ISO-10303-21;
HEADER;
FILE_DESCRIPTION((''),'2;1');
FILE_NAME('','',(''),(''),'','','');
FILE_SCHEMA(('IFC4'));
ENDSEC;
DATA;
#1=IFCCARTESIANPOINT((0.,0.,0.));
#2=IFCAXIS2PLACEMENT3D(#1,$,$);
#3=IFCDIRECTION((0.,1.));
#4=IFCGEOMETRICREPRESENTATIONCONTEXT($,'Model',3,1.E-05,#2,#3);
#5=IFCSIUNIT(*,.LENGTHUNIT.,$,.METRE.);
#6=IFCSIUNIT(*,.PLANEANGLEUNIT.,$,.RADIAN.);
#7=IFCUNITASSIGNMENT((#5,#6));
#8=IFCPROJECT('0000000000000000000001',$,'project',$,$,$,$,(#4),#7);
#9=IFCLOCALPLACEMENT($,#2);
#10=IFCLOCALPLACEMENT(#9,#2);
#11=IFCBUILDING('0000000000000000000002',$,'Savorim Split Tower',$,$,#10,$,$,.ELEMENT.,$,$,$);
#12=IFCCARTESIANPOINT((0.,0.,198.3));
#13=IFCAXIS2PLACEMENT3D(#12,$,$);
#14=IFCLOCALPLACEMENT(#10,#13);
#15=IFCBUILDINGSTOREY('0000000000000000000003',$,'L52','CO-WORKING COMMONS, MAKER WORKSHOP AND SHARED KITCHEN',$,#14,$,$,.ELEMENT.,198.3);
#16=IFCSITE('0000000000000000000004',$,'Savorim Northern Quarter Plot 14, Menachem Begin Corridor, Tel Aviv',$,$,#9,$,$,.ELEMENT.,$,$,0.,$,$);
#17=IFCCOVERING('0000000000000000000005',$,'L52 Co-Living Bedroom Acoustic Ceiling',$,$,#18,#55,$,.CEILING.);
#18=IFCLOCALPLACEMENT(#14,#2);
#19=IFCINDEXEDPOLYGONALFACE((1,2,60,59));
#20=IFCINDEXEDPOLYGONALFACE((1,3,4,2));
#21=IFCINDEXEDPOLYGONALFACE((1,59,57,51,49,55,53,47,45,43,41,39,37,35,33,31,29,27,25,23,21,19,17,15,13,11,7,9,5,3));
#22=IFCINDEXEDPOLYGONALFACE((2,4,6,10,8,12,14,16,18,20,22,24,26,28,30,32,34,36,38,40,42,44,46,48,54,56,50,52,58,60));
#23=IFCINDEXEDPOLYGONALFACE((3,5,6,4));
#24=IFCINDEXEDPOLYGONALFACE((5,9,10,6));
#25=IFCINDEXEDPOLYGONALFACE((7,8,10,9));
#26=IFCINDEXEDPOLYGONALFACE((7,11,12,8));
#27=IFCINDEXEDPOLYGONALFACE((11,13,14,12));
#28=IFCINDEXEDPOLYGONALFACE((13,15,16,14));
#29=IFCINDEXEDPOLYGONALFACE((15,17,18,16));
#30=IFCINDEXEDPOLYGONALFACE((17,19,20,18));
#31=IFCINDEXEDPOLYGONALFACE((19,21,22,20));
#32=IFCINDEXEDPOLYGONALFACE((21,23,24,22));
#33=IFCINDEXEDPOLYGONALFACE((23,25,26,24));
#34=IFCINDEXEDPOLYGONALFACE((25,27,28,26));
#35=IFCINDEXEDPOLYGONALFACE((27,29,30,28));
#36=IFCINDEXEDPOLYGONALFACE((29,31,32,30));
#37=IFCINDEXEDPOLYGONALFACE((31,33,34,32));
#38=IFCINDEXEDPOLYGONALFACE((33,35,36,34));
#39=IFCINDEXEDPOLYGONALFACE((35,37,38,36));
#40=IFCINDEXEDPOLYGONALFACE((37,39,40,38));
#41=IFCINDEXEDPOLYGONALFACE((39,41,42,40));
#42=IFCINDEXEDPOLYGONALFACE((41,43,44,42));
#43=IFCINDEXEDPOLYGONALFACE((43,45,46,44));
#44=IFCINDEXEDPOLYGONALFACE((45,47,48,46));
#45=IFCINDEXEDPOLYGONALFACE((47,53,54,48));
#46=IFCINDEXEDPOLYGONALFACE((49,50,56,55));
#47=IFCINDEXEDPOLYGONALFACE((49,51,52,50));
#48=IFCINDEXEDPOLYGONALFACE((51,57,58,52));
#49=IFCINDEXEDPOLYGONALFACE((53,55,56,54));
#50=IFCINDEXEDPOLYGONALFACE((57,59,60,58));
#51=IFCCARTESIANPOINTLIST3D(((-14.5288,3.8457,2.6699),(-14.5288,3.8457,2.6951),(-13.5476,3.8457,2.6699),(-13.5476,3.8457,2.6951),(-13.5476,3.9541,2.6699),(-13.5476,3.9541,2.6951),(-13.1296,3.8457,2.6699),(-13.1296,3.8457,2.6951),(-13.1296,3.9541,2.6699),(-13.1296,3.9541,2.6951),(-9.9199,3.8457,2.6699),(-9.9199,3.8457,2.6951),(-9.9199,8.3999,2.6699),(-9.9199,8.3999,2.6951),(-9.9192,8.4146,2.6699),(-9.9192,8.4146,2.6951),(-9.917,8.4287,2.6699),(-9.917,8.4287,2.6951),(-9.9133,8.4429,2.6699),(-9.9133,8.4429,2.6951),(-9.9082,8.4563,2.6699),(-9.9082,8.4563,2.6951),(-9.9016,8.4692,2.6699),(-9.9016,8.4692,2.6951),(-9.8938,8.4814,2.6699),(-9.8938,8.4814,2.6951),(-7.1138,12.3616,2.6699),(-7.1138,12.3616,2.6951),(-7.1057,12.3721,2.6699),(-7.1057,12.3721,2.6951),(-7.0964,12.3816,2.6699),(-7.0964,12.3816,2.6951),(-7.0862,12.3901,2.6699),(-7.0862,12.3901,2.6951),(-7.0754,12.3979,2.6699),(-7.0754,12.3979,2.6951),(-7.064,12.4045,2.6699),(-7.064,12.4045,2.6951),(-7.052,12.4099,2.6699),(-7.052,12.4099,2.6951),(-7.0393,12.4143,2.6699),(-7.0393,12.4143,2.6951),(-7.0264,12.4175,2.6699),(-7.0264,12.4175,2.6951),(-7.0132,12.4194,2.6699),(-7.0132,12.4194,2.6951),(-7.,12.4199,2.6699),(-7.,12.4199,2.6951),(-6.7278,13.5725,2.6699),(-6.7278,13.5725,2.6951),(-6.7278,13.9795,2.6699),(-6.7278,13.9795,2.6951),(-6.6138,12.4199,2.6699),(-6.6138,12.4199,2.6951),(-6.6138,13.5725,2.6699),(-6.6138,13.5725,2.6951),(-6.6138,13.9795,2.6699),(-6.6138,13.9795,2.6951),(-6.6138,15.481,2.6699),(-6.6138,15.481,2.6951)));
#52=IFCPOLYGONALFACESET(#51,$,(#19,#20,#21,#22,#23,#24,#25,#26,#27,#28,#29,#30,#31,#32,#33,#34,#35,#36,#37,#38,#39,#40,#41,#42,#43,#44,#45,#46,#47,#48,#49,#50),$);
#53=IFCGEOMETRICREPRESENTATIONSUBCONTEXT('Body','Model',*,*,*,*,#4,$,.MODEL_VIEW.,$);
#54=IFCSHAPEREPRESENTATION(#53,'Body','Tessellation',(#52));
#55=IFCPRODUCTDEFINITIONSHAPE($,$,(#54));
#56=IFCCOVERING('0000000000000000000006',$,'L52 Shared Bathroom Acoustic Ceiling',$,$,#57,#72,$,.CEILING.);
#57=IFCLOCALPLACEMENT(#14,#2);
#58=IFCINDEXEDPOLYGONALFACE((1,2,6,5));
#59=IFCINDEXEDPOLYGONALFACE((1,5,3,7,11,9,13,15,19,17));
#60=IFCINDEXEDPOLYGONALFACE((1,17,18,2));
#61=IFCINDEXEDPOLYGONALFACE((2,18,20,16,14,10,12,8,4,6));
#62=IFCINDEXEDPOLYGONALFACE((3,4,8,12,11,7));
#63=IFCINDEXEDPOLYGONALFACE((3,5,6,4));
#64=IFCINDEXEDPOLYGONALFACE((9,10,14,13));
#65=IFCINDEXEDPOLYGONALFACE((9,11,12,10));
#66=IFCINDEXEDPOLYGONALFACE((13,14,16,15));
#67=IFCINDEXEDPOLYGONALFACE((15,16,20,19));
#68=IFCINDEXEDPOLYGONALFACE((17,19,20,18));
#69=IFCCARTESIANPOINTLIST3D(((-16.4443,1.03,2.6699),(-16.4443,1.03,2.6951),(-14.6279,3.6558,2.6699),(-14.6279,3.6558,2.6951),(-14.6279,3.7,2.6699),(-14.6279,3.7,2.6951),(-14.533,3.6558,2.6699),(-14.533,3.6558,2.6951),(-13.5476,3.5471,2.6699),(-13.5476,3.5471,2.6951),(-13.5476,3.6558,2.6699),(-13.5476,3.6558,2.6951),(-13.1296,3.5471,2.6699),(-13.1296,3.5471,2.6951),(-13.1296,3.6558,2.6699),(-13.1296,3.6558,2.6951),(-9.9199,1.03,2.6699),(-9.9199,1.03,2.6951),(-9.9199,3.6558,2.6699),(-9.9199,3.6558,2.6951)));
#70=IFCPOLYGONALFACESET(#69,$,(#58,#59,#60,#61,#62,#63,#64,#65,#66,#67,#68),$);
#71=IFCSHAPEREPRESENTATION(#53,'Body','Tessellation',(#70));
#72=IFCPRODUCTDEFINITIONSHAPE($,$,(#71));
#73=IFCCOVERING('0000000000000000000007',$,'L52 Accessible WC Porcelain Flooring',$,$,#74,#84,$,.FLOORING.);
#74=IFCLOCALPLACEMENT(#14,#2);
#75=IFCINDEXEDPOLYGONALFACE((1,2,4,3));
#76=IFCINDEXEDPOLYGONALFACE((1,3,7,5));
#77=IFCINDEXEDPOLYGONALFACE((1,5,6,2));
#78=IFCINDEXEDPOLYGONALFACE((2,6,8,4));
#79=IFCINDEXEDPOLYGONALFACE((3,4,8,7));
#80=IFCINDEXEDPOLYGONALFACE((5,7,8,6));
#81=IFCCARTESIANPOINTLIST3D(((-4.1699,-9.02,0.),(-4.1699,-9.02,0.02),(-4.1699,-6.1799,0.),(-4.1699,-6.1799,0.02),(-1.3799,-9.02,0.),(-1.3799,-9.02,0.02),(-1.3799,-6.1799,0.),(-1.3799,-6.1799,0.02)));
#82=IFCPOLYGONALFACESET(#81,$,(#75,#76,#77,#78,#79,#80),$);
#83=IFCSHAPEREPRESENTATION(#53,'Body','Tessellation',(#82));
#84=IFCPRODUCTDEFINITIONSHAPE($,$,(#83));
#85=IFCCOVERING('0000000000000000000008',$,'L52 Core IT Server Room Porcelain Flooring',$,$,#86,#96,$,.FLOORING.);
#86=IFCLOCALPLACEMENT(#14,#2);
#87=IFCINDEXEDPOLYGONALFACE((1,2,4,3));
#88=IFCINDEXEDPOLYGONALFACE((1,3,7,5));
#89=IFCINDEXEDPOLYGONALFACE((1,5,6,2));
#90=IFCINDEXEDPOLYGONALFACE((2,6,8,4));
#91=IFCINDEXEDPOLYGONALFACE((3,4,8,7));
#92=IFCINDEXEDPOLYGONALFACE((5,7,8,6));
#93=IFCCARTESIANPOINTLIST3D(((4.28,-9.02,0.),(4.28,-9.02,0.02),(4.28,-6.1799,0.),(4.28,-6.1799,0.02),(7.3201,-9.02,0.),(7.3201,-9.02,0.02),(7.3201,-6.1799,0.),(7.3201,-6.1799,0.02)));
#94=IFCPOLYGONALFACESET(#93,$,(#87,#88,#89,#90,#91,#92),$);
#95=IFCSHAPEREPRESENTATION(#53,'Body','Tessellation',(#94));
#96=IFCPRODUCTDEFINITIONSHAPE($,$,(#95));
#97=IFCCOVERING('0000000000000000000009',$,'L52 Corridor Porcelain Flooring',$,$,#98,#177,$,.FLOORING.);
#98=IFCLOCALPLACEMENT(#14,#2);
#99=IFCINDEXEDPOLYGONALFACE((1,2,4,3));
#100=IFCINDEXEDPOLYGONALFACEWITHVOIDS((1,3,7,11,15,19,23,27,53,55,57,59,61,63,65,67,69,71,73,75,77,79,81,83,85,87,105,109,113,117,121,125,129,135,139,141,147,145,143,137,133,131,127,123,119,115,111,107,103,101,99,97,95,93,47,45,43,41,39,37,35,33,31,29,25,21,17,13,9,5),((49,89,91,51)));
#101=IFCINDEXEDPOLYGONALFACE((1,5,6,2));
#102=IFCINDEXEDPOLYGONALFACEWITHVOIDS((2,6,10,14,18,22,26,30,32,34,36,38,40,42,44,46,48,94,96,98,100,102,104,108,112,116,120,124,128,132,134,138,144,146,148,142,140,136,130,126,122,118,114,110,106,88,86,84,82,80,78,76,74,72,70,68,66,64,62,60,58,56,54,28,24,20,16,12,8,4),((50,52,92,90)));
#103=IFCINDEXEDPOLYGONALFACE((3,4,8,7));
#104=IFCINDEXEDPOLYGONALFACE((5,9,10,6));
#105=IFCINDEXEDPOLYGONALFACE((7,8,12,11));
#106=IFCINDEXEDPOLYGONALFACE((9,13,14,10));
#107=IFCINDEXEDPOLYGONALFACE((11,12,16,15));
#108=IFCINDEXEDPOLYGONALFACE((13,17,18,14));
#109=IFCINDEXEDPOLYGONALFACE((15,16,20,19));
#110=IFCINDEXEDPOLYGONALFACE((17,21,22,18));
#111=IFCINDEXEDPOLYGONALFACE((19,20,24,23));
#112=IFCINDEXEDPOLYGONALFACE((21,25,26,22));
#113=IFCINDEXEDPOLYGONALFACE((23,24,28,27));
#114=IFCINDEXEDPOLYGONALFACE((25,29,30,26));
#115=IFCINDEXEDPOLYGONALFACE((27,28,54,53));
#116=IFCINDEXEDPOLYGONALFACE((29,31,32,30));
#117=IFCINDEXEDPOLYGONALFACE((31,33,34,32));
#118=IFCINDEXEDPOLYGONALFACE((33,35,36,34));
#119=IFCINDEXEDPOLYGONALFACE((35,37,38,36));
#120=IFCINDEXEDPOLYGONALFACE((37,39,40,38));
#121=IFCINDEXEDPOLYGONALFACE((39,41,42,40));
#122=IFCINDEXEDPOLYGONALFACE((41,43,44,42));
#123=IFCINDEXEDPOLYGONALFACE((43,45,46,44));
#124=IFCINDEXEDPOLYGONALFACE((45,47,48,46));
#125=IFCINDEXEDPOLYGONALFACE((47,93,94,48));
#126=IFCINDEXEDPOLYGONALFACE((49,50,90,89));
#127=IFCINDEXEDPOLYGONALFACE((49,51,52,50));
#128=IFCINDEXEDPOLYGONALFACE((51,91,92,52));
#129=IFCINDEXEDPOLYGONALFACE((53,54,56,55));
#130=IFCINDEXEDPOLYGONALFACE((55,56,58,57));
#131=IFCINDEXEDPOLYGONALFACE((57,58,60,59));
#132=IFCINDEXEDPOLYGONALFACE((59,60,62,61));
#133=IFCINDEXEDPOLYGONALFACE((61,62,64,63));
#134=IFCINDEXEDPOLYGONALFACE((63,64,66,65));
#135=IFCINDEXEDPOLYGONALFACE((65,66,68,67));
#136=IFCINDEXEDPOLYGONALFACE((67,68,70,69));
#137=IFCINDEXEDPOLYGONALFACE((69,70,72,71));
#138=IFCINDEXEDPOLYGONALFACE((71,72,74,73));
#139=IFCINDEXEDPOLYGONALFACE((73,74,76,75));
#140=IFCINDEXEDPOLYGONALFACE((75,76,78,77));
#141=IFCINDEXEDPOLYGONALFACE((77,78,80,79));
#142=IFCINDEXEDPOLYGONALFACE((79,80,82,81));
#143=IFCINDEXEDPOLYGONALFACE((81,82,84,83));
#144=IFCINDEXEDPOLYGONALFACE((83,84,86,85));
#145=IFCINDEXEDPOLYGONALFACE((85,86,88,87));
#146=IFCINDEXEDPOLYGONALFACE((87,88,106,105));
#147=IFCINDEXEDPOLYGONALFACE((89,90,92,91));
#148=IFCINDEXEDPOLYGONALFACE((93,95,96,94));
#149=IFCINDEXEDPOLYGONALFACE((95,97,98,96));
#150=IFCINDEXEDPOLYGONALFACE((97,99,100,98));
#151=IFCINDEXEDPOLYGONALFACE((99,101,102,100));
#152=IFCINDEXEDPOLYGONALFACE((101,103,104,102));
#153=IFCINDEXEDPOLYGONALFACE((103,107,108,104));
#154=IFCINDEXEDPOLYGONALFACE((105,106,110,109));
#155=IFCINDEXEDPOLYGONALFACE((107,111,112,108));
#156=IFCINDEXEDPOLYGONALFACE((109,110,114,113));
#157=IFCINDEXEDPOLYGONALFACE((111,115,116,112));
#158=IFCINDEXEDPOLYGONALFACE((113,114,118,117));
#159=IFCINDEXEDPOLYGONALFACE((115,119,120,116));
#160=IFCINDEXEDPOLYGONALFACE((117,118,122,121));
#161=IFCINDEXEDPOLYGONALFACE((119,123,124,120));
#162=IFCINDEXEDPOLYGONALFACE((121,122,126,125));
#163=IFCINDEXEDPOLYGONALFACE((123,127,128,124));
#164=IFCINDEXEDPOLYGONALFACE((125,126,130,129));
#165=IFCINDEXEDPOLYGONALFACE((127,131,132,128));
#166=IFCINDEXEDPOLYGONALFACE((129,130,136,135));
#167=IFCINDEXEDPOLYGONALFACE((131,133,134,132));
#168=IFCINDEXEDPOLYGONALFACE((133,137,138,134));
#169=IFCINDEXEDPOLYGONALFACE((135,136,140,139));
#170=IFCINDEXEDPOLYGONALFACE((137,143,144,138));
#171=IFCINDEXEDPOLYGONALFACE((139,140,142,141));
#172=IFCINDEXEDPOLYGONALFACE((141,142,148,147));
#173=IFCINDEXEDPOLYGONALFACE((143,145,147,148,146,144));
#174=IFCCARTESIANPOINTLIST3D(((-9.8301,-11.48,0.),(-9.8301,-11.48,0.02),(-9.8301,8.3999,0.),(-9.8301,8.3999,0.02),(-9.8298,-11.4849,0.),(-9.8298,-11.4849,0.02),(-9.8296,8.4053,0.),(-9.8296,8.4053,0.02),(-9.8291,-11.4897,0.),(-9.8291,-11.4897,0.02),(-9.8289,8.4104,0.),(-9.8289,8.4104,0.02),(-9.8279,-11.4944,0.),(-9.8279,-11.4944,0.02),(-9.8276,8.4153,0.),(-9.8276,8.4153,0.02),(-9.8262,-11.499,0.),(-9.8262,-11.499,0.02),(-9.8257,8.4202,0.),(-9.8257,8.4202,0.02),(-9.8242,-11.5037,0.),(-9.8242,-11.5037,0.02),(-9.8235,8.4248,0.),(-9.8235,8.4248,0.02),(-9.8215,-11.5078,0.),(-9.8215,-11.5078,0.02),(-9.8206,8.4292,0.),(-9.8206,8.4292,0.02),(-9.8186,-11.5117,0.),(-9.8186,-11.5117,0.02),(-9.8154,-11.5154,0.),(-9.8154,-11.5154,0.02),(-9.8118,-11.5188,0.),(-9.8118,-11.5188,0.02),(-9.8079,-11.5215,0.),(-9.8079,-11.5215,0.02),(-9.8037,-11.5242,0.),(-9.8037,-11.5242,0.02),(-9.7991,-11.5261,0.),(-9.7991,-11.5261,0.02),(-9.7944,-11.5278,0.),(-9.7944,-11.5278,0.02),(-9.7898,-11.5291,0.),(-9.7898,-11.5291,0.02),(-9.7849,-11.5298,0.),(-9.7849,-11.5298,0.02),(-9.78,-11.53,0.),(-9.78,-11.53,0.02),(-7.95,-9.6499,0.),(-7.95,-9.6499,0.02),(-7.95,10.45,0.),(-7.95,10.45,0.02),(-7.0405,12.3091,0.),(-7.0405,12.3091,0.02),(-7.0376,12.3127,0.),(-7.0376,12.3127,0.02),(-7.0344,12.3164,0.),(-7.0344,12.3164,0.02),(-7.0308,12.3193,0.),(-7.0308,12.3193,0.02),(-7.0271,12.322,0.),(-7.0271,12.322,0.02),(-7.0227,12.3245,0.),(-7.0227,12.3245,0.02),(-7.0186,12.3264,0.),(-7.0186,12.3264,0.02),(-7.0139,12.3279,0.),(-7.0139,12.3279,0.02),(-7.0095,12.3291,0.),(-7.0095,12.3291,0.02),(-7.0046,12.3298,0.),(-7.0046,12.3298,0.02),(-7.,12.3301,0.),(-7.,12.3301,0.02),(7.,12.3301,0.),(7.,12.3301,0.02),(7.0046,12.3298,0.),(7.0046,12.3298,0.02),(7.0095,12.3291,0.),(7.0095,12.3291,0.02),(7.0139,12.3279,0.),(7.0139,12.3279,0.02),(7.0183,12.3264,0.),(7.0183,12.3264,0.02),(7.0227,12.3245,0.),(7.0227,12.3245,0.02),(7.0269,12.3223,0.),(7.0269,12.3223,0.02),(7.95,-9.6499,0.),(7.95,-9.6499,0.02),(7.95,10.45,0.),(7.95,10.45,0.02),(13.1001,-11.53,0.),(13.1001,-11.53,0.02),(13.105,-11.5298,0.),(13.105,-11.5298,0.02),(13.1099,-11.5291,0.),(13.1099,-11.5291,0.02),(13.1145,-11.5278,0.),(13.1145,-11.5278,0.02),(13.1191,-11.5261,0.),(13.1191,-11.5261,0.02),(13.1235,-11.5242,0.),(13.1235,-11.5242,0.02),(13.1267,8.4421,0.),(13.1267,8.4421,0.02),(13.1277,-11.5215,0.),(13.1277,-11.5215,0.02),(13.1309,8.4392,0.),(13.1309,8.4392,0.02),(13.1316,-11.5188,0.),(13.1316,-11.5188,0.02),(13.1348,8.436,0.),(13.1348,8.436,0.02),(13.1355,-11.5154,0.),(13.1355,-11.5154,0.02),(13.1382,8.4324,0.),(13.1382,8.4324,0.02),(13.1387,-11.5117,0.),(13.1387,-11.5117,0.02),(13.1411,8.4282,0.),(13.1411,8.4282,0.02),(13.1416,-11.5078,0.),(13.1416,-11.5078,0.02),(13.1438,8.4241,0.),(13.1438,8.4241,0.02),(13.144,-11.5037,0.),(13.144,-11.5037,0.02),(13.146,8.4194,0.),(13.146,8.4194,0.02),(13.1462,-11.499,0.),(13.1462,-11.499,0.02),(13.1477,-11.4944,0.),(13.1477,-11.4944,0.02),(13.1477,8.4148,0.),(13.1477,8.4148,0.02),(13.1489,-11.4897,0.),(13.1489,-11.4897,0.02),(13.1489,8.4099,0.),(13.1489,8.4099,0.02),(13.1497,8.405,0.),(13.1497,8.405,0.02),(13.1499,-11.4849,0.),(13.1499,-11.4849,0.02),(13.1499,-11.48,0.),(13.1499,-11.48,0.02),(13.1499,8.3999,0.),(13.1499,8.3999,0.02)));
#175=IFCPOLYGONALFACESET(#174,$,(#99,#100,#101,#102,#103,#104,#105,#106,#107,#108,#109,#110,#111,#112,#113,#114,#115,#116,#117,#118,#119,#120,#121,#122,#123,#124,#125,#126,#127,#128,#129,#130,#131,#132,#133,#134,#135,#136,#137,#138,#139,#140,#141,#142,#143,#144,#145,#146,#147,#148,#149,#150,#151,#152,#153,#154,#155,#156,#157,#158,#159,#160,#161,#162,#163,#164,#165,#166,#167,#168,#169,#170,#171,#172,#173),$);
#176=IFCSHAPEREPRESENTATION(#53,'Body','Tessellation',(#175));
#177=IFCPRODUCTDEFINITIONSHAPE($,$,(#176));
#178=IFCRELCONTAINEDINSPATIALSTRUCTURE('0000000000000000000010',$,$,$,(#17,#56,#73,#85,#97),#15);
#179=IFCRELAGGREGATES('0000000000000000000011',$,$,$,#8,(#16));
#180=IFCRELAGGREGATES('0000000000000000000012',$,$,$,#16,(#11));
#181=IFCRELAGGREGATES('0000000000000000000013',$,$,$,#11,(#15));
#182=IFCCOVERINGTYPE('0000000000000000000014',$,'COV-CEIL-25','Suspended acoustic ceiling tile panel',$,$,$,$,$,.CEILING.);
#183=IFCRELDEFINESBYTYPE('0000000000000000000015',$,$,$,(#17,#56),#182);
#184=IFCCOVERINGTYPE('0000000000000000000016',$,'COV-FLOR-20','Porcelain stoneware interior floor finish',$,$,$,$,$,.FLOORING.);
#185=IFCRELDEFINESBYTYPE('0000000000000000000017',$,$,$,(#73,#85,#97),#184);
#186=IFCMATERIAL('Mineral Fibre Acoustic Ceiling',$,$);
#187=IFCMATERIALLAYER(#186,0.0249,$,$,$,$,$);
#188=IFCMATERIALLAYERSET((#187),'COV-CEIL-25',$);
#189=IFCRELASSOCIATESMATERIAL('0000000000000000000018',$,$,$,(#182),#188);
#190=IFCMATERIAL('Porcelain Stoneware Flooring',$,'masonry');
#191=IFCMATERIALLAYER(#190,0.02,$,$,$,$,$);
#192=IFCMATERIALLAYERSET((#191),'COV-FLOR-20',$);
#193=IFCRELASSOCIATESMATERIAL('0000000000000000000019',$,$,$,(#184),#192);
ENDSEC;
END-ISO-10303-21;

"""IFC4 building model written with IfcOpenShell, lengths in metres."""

from ifc_helpers import new_model, si_unit, direction, frame, origin, place, context, subcontext, project, spatial, polyline, outline, extrude, material, layer, layer_set, type_object, element, save


model = new_model("IFC4")

# Units and contexts
model_context = context("Model", 3, precision=1e-05, world=origin(), true_north=direction((0.0, 1.0)))
body_context = subcontext(model_context, "Body", "Model", "MODEL_VIEW")
ifc_project = project(units=[si_unit("LENGTHUNIT", "METRE"), si_unit("PLANEANGLEUNIT", "RADIAN")], contexts=[model_context])

# Site, building, storey
site_placement = place(None, origin())
site = spatial("IfcSite", under=ifc_project, at=site_placement, Name="Savorim Northern Quarter Plot 14, Menachem Begin Corridor, Tel Aviv", CompositionType="ELEMENT", RefElevation=0.0)
building_placement = place(site_placement, origin())
building = spatial("IfcBuilding", under=site, at=building_placement, Name="Savorim Split Tower", CompositionType="ELEMENT")
storey_placement = place(building_placement, frame((0.0, 0.0, 198.3)))
storey = spatial("IfcBuildingStorey", under=building, at=storey_placement, Name="L52", Description="CO-WORKING COMMONS, MAKER WORKSHOP AND SHARED KITCHEN", CompositionType="ELEMENT", Elevation=198.3)

# Coverings
ifc_material_1 = material(Name="Mineral Fibre Acoustic Ceiling")
ifc_layer_1 = layer(ifc_material_1, 0.0249)
ifc_layer_set_1 = layer_set([ifc_layer_1], Name="COV-CEIL-25")
covering_type_1 = type_object("IfcCoveringType", Name="COV-CEIL-25", Description="Suspended acoustic ceiling tile panel", PredefinedType="CEILING", material=ifc_layer_set_1)
covering_1_placement = place(storey_placement, frame((0.0, 0.0, 2.6699)))
element("IfcCovering", 1, at=covering_1_placement, inside=storey, type_object=covering_type_1, Name="L52 Co-Living Bedroom Acoustic Ceiling", PredefinedType="CEILING", context=body_context, shape_type="SweptSolid", body=[
    extrude(outline(polyline([(-7.0132, 12.4194), (-7.0, 12.4199), (-6.6138, 12.4199), (-6.6138, 13.5725), (-6.7278, 13.5725), (-6.7278, 13.9795), (-6.6138, 13.9795), (-6.6138, 15.481), (-14.5288, 3.8457), (-13.5476, 3.8457), (-13.5476, 3.9541), (-13.1296, 3.9541), (-13.1296, 3.8457), (-9.9199, 3.8457), (-9.9199, 8.3999), (-9.9192, 8.4146), (-9.917, 8.4287), (-9.9133, 8.4429), (-9.9082, 8.4563), (-9.9016, 8.4692), (-9.8938, 8.4814), (-7.1138, 12.3616), (-7.1057, 12.3721), (-7.0964, 12.3816), (-7.0862, 12.3901), (-7.0754, 12.3979), (-7.064, 12.4045), (-7.052, 12.4099), (-7.0393, 12.4143), (-7.0264, 12.4175), (-7.0132, 12.4194)])), origin(), (0.0, 0.0, 1.0), 0.0251),
])
covering_2_placement = place(storey_placement, frame((0.0, 0.0, 2.6699)))
element("IfcCovering", 2, at=covering_2_placement, inside=storey, type_object=covering_type_1, Name="L52 Shared Bathroom Acoustic Ceiling", PredefinedType="CEILING", context=body_context, shape_type="SweptSolid", body=[
    extrude(outline(polyline([(-13.5476, 3.6558), (-14.533, 3.6558), (-14.6279, 3.6558), (-14.6279, 3.7), (-16.4443, 1.03), (-9.9199, 1.03), (-9.9199, 3.6558), (-13.1296, 3.6558), (-13.1296, 3.5471), (-13.5476, 3.5471), (-13.5476, 3.6558)])), origin(), (0.0, 0.0, 1.0), 0.0251),
])
ifc_material_2 = material(Name="Porcelain Stoneware Flooring", Category="masonry")
ifc_layer_2 = layer(ifc_material_2, 0.02)
ifc_layer_set_2 = layer_set([ifc_layer_2], Name="COV-FLOR-20")
covering_type_2 = type_object("IfcCoveringType", Name="COV-FLOR-20", Description="Porcelain stoneware interior floor finish", PredefinedType="FLOORING", material=ifc_layer_set_2)
covering_3_placement = place(storey_placement, origin())
element("IfcCovering", 3, at=covering_3_placement, inside=storey, type_object=covering_type_2, Name="L52 Accessible WC Porcelain Flooring", PredefinedType="FLOORING", context=body_context, shape_type="SweptSolid", body=[
    extrude(outline(polyline([(-4.1699, -6.1799), (-4.1699, -9.02), (-1.3799, -9.02), (-1.3799, -6.1799), (-4.1699, -6.1799)])), origin(), (0.0, 0.0, 1.0), 0.02),
])
covering_4_placement = place(storey_placement, origin())
element("IfcCovering", 4, at=covering_4_placement, inside=storey, type_object=covering_type_2, Name="L52 Core IT Server Room Porcelain Flooring", PredefinedType="FLOORING", context=body_context, shape_type="SweptSolid", body=[
    extrude(outline(polyline([(4.28, -6.1799), (4.28, -9.02), (7.3201, -9.02), (7.3201, -6.1799), (4.28, -6.1799)])), origin(), (0.0, 0.0, 1.0), 0.02),
])
covering_5_placement = place(storey_placement, origin())
element("IfcCovering", 5, at=covering_5_placement, inside=storey, type_object=covering_type_2, Name="L52 Corridor Porcelain Flooring", PredefinedType="FLOORING", context=body_context, shape_type="SweptSolid", body=[
    extrude(outline(polyline([(7.0095, 12.3291), (7.0046, 12.3298), (7.0, 12.3301), (-7.0, 12.3301), (-7.0046, 12.3298), (-7.0095, 12.3291), (-7.0139, 12.3279), (-7.0186, 12.3264), (-7.0227, 12.3245), (-7.0271, 12.322), (-7.0308, 12.3193), (-7.0344, 12.3164), (-7.0376, 12.3127), (-7.0405, 12.3091), (-9.8206, 8.4292), (-9.8235, 8.4248), (-9.8257, 8.4202), (-9.8276, 8.4153), (-9.8289, 8.4104), (-9.8296, 8.4053), (-9.8301, 8.3999), (-9.8301, -11.48), (-9.8298, -11.4849), (-9.8291, -11.4897), (-9.8279, -11.4944), (-9.8262, -11.499), (-9.8242, -11.5037), (-9.8215, -11.5078), (-9.8186, -11.5117), (-9.8154, -11.5154), (-9.8118, -11.5188), (-9.8079, -11.5215), (-9.8037, -11.5242), (-9.7991, -11.5261), (-9.7944, -11.5278), (-9.7898, -11.5291), (-9.7849, -11.5298), (-9.78, -11.53), (13.1001, -11.53), (13.105, -11.5298), (13.1099, -11.5291), (13.1145, -11.5278), (13.1191, -11.5261), (13.1235, -11.5242), (13.1277, -11.5215), (13.1316, -11.5188), (13.1355, -11.5154), (13.1387, -11.5117), (13.1416, -11.5078), (13.144, -11.5037), (13.1462, -11.499), (13.1477, -11.4944), (13.1489, -11.4897), (13.1499, -11.4849), (13.1499, -11.48), (13.1499, 8.3999), (13.1497, 8.405), (13.1489, 8.4099), (13.1477, 8.4148), (13.146, 8.4194), (13.1438, 8.4241), (13.1411, 8.4282), (13.1382, 8.4324), (13.1348, 8.436), (13.1309, 8.4392), (13.1267, 8.4421), (7.0269, 12.3223), (7.0227, 12.3245), (7.0183, 12.3264), (7.0139, 12.3279), (7.0095, 12.3291)]), holes=[polyline([(-7.95, 10.45), (-7.95, -9.6499), (7.95, -9.6499), (7.95, 10.45), (-7.95, 10.45)])]), origin(), (0.0, 0.0, 1.0), 0.02),
])

save(model, "model.ifc")
